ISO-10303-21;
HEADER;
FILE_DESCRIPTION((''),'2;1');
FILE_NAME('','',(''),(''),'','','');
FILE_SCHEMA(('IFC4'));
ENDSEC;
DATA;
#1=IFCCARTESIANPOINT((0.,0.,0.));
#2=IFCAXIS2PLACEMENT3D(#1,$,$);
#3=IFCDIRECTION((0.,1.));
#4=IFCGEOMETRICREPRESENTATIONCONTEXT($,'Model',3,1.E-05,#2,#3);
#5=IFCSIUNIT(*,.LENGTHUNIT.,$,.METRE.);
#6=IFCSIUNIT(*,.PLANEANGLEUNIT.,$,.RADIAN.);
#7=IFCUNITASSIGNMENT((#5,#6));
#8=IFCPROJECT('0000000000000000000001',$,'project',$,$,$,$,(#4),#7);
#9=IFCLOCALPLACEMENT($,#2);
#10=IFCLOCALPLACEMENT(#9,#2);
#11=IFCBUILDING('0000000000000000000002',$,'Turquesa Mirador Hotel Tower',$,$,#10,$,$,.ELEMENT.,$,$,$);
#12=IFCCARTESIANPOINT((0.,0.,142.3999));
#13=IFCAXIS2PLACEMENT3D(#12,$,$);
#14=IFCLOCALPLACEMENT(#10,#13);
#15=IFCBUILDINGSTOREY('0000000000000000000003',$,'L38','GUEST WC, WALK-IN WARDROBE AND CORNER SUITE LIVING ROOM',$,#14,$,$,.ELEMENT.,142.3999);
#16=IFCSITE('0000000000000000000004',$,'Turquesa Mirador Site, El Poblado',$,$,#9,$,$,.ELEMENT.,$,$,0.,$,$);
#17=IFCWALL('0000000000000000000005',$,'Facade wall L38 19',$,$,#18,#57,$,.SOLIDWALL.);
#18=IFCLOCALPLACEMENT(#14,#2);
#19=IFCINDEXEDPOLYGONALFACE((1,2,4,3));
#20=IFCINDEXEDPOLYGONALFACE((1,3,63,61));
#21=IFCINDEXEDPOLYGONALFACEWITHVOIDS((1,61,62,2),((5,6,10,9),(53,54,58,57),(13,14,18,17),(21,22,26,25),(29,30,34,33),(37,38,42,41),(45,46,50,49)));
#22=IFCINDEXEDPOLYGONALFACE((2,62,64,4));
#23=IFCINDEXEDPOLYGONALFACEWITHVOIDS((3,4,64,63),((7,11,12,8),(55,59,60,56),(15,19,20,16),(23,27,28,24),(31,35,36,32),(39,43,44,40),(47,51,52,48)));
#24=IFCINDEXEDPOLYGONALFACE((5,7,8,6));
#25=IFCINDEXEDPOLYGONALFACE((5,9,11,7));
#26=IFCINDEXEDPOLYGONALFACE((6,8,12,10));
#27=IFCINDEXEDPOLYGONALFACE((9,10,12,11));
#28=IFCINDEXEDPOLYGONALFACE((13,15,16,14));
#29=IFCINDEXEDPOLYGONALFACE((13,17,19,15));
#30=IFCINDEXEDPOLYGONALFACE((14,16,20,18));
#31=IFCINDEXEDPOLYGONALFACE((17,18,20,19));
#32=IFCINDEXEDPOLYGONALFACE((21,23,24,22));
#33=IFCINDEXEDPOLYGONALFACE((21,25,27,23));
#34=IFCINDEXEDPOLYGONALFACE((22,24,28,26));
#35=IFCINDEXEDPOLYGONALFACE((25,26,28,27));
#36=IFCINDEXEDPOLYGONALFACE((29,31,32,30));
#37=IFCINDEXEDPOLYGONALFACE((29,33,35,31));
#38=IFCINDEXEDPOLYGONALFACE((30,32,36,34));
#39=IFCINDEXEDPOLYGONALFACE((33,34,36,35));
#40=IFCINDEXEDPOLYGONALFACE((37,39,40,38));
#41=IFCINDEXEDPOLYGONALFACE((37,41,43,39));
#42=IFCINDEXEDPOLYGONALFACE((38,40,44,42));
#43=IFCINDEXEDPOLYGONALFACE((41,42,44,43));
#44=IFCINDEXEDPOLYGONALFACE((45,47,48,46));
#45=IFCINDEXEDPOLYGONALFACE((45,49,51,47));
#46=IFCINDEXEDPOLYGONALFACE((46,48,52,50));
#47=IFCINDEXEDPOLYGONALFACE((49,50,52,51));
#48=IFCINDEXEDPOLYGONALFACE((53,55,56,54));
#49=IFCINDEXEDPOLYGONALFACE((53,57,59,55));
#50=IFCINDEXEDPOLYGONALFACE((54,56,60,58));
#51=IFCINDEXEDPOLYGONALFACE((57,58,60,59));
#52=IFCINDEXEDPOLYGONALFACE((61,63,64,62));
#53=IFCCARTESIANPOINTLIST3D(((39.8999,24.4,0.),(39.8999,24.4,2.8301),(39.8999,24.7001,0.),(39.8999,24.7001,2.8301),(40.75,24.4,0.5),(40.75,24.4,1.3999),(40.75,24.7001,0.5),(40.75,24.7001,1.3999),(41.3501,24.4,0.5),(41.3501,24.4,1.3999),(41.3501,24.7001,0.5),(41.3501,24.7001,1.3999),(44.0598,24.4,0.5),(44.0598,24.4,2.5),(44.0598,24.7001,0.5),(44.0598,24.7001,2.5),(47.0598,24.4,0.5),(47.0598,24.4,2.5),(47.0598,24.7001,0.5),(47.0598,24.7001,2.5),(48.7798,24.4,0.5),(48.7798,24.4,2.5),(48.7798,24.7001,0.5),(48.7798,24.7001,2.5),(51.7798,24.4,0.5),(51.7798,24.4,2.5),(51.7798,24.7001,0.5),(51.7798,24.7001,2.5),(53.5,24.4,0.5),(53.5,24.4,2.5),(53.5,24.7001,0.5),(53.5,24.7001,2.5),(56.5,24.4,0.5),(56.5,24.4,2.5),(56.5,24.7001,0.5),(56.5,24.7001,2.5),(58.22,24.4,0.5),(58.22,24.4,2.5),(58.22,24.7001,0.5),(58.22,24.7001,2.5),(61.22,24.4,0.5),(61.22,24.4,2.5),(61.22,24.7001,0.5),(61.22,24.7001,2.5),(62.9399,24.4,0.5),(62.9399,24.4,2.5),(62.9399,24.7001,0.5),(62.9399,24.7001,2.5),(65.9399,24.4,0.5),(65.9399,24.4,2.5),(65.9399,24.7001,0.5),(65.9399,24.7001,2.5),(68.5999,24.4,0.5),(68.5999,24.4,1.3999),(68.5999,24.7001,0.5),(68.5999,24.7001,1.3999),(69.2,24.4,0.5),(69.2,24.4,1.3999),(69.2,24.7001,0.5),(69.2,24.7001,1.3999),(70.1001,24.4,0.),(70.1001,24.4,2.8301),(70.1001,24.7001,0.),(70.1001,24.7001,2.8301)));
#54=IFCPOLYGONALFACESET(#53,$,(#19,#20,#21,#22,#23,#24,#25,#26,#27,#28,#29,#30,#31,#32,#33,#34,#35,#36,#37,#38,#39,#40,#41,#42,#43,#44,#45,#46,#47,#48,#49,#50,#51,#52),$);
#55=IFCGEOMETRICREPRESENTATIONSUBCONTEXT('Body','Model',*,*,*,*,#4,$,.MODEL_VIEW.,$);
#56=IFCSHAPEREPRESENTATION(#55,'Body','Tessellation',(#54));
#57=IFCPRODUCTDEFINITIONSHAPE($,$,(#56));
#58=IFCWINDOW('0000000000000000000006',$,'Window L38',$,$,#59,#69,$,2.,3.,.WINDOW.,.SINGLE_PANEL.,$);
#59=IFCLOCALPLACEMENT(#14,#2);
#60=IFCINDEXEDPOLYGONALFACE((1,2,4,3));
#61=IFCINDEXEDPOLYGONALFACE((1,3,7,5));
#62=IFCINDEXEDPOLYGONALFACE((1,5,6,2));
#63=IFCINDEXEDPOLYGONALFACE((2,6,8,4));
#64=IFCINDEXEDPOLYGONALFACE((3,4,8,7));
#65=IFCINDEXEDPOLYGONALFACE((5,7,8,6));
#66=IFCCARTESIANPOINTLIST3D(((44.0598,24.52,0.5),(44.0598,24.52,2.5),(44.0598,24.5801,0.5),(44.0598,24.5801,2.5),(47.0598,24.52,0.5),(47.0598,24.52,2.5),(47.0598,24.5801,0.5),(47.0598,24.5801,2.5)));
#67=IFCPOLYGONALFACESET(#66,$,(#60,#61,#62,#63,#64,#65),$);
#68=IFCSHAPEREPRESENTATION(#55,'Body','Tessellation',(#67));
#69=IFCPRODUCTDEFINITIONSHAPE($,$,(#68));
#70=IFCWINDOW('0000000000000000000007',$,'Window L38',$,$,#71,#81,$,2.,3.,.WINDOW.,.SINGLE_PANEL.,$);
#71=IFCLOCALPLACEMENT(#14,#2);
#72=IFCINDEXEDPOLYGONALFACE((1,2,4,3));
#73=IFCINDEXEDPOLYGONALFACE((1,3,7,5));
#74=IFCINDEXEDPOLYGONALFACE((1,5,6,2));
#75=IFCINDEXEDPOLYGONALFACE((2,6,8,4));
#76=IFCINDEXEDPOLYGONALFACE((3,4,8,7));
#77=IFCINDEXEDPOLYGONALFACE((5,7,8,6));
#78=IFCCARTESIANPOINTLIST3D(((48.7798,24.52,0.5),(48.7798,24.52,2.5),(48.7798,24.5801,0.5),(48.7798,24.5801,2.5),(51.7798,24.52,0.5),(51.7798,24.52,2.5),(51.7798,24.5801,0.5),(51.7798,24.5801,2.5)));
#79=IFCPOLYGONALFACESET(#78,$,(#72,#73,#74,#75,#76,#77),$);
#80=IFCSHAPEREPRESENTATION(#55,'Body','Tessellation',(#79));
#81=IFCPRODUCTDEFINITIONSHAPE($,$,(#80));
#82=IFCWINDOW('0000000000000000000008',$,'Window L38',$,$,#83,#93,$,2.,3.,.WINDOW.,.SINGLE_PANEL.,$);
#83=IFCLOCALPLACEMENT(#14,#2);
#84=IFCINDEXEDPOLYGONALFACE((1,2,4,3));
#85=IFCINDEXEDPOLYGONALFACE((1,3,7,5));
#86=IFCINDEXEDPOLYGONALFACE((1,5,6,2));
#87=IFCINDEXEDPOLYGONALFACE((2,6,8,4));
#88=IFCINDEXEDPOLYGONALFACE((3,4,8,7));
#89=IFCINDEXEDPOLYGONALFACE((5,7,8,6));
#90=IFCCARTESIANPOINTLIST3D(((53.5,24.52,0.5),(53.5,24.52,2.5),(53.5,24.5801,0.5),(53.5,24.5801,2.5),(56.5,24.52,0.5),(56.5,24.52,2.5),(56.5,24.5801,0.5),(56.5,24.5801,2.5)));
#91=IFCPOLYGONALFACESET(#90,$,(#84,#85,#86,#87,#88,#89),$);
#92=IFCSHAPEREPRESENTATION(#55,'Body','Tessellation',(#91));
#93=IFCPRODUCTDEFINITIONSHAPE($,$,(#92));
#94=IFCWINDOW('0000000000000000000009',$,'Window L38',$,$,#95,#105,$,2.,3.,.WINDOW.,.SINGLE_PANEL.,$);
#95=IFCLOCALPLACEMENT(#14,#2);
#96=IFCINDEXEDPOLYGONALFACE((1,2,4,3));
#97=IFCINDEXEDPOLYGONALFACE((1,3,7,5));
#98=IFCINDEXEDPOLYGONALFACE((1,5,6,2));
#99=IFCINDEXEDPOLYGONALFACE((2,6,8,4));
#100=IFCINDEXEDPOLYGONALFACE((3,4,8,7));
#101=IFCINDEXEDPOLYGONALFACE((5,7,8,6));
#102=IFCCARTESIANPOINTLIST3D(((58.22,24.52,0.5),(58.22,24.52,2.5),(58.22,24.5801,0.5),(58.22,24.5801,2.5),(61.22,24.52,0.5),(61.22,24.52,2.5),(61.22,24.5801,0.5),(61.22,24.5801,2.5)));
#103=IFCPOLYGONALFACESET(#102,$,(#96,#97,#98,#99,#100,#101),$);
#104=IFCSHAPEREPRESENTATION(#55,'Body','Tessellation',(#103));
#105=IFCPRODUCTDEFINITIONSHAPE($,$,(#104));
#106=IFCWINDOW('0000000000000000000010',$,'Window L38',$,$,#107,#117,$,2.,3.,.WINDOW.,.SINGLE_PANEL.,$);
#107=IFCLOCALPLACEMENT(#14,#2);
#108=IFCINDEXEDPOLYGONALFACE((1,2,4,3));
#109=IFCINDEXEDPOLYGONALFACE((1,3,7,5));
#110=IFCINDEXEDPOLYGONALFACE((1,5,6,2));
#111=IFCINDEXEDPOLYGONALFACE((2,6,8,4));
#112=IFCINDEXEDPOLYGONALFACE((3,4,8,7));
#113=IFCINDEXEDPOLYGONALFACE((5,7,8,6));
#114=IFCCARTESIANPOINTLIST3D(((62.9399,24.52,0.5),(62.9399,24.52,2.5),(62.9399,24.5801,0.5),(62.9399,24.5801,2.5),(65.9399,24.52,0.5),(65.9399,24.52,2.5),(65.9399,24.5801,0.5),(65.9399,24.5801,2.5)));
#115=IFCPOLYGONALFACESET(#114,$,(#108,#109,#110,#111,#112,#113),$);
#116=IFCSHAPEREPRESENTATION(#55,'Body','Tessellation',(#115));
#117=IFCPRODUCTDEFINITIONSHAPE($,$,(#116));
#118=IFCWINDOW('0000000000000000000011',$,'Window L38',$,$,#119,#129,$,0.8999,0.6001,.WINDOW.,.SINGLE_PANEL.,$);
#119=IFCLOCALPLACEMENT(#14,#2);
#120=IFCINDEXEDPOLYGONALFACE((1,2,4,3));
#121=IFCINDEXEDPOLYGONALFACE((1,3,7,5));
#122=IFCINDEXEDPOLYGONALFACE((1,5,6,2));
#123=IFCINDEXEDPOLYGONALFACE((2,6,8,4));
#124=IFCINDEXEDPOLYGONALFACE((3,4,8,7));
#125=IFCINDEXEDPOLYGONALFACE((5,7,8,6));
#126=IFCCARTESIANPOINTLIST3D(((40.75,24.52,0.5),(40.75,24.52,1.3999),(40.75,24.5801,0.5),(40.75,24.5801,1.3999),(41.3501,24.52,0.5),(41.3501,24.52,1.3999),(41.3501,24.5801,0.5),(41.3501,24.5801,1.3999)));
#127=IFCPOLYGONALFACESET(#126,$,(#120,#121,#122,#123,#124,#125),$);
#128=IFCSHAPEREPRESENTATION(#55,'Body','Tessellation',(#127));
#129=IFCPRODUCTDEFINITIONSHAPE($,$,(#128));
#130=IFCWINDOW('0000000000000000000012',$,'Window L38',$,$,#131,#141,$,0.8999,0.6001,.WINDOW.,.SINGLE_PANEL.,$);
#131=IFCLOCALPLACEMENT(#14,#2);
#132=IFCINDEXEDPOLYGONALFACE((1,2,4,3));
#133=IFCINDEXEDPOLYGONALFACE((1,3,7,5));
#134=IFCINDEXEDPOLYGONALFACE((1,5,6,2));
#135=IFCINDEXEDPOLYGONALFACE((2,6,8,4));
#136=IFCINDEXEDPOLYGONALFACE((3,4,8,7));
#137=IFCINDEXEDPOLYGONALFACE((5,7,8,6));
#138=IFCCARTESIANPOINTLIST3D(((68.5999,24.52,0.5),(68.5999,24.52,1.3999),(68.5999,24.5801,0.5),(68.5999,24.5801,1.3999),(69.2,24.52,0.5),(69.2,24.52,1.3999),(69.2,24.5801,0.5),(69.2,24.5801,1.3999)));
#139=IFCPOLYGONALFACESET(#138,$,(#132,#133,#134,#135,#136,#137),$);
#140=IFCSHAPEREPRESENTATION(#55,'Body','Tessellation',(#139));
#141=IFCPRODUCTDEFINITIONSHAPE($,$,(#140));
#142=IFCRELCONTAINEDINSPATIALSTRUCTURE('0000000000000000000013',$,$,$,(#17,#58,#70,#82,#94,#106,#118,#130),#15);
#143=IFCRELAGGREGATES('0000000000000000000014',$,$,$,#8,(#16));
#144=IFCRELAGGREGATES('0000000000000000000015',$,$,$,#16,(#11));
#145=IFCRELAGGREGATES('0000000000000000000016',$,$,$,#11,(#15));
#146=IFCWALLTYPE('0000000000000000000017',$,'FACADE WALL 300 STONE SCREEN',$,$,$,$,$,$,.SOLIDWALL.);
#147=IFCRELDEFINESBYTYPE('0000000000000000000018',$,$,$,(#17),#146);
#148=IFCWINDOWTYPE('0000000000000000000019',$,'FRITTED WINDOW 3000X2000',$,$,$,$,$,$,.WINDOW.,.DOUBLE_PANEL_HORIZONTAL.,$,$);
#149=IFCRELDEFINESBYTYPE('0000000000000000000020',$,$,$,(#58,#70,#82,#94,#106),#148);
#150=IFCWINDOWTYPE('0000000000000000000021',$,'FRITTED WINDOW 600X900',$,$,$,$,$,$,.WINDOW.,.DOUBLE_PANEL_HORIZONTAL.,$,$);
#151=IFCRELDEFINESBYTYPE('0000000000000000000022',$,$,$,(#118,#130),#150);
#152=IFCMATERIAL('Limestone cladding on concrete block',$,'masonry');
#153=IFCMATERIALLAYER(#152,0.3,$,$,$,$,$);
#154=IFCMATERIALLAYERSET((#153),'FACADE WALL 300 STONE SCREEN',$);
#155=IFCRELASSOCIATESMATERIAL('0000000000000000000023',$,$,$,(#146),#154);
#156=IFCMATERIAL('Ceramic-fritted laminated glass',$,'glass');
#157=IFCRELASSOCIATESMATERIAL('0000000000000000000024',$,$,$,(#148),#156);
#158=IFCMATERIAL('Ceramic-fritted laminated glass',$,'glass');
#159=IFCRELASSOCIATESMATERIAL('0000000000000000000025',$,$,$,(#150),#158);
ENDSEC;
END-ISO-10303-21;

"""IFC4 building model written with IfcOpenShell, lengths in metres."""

from ifc_helpers import new_model, si_unit, direction, frame, frame_2d, origin, place, context, subcontext, project, spatial, rectangle, extrude, material, layer, layer_set, type_object, element, fill, save


model = new_model("IFC4")

# Units and contexts
model_context = context("Model", 3, precision=1e-05, world=origin(), true_north=direction((0.0, 1.0)))
body_context = subcontext(model_context, "Body", "Model", "MODEL_VIEW")
ifc_project = project(units=[si_unit("LENGTHUNIT", "METRE"), si_unit("PLANEANGLEUNIT", "RADIAN")], contexts=[model_context])

# Site, building, storey
site_placement = place(None, origin())
site = spatial("IfcSite", under=ifc_project, at=site_placement, Name="Turquesa Mirador Site, El Poblado", CompositionType="ELEMENT", RefElevation=0.0)
building_placement = place(site_placement, origin())
building = spatial("IfcBuilding", under=site, at=building_placement, Name="Turquesa Mirador Hotel Tower", CompositionType="ELEMENT")
storey_placement = place(building_placement, frame((0.0, 0.0, 142.3999)))
storey = spatial("IfcBuildingStorey", under=building, at=storey_placement, Name="L38", Description="GUEST WC, WALK-IN WARDROBE AND CORNER SUITE LIVING ROOM", CompositionType="ELEMENT", Elevation=142.3999)

# Shared definitions
ifc_material_1 = material(Name="Limestone cladding on concrete block", Category="masonry")
ifc_layer_1 = layer(ifc_material_1, 0.3)
ifc_layer_set_1 = layer_set([ifc_layer_1], Name="FACADE WALL 300 STONE SCREEN")
wall_type_1 = type_object("IfcWallType", Name="FACADE WALL 300 STONE SCREEN", PredefinedType="SOLIDWALL", material=ifc_layer_set_1)

# Wall, openings, windows
wall_1_placement = place(storey_placement, frame((39.8999, 24.55, 0.0), z_axis=(0.0, 0.0, 1.0), x_axis=(1.0, 0.0, 0.0)))
wall_1 = element("IfcWall", 1, at=wall_1_placement, inside=storey, type_object=wall_type_1, Name="Facade wall L38 19", PredefinedType="SOLIDWALL", context=body_context, shape_type="SweptSolid", body=[
    extrude(rectangle(XDim=30.2002, YDim=0.3, at=frame_2d((15.1001, 0.0))), origin(), (0.0, 0.0, 1.0), 2.8301),
])
opening_1_placement = place(wall_1_placement, frame((0.8501, 0.0, 0.5)))
opening_1 = element("IfcOpeningElement", 2, at=opening_1_placement, cuts=wall_1, PredefinedType="OPENING", context=body_context, shape_type="SweptSolid", body=[
    extrude(rectangle(XDim=0.6001, YDim=0.8999, at=frame_2d((0.3, 0.45))), frame((0.0, 0.1599, 0.0), z_axis=(0.0, -1.0, 0.0), x_axis=(1.0, 0.0, 0.0)), (0.0, 0.0, 1.0), 0.3201),
])
opening_2_placement = place(wall_1_placement, frame((4.1599, 0.0, 0.5)))
opening_2 = element("IfcOpeningElement", 3, at=opening_2_placement, cuts=wall_1, PredefinedType="OPENING", context=body_context, shape_type="SweptSolid", body=[
    extrude(rectangle(XDim=3.0, YDim=2.0, at=frame_2d((1.5, 1.0))), frame((0.0, 0.1599, 0.0), z_axis=(0.0, -1.0, 0.0), x_axis=(1.0, 0.0, 0.0)), (0.0, 0.0, 1.0), 0.3201),
])
opening_3_placement = place(wall_1_placement, frame((8.8799, 0.0, 0.5)))
opening_3 = element("IfcOpeningElement", 4, at=opening_3_placement, cuts=wall_1, PredefinedType="OPENING", context=body_context, shape_type="SweptSolid", body=[
    extrude(rectangle(XDim=3.0, YDim=2.0, at=frame_2d((1.5, 1.0))), frame((0.0, 0.1599, 0.0), z_axis=(0.0, -1.0, 0.0), x_axis=(1.0, 0.0, 0.0)), (0.0, 0.0, 1.0), 0.3201),
])
opening_4_placement = place(wall_1_placement, frame((13.6001, 0.0, 0.5)))
opening_4 = element("IfcOpeningElement", 5, at=opening_4_placement, cuts=wall_1, PredefinedType="OPENING", context=body_context, shape_type="SweptSolid", body=[
    extrude(rectangle(XDim=3.0, YDim=2.0, at=frame_2d((1.5, 1.0))), frame((0.0, 0.1599, 0.0), z_axis=(0.0, -1.0, 0.0), x_axis=(1.0, 0.0, 0.0)), (0.0, 0.0, 1.0), 0.3201),
])
opening_5_placement = place(wall_1_placement, frame((18.3201, 0.0, 0.5)))
opening_5 = element("IfcOpeningElement", 6, at=opening_5_placement, cuts=wall_1, PredefinedType="OPENING", context=body_context, shape_type="SweptSolid", body=[
    extrude(rectangle(XDim=3.0, YDim=2.0, at=frame_2d((1.5, 1.0))), frame((0.0, 0.1599, 0.0), z_axis=(0.0, -1.0, 0.0), x_axis=(1.0, 0.0, 0.0)), (0.0, 0.0, 1.0), 0.3201),
])
opening_6_placement = place(wall_1_placement, frame((23.04, 0.0, 0.5)))
opening_6 = element("IfcOpeningElement", 7, at=opening_6_placement, cuts=wall_1, PredefinedType="OPENING", context=body_context, shape_type="SweptSolid", body=[
    extrude(rectangle(XDim=3.0, YDim=2.0, at=frame_2d((1.5, 1.0))), frame((0.0, 0.1599, 0.0), z_axis=(0.0, -1.0, 0.0), x_axis=(1.0, 0.0, 0.0)), (0.0, 0.0, 1.0), 0.3201),
])
opening_7_placement = place(wall_1_placement, frame((28.7, 0.0, 0.5)))
opening_7 = element("IfcOpeningElement", 8, at=opening_7_placement, cuts=wall_1, PredefinedType="OPENING", context=body_context, shape_type="SweptSolid", body=[
    extrude(rectangle(XDim=0.6001, YDim=0.8999, at=frame_2d((0.3, 0.45))), frame((0.0, 0.1599, 0.0), z_axis=(0.0, -1.0, 0.0), x_axis=(1.0, 0.0, 0.0)), (0.0, 0.0, 1.0), 0.3201),
])
ifc_material_2 = material(Name="Ceramic-fritted laminated glass", Category="glass")
window_type_1 = type_object("IfcWindowType", Name="FRITTED WINDOW 3000X2000", PartitioningType="DOUBLE_PANEL_HORIZONTAL", PredefinedType="WINDOW", material=ifc_material_2)
window_1_placement = place(opening_2_placement, origin())
window_1 = element("IfcWindow", 9, at=window_1_placement, inside=storey, type_object=window_type_1, Name="Window L38", OverallHeight=2.0, OverallWidth=3.0, PartitioningType="SINGLE_PANEL", PredefinedType="WINDOW", context=body_context, shape_type="SweptSolid", body=[
    extrude(rectangle(XDim=3.0, YDim=2.0, at=frame_2d((1.5, 1.0))), frame((0.0, 0.03, 0.0), z_axis=(0.0, -1.0, 0.0), x_axis=(1.0, 0.0, 0.0)), (0.0, 0.0, 1.0), 0.0601),
])
fill(opening_2, window_1)
window_2_placement = place(opening_3_placement, origin())
window_2 = element("IfcWindow", 10, at=window_2_placement, inside=storey, type_object=window_type_1, Name="Window L38", OverallHeight=2.0, OverallWidth=3.0, PartitioningType="SINGLE_PANEL", PredefinedType="WINDOW", context=body_context, shape_type="SweptSolid", body=[
    extrude(rectangle(XDim=3.0, YDim=2.0, at=frame_2d((1.5, 1.0))), frame((0.0, 0.03, 0.0), z_axis=(0.0, -1.0, 0.0), x_axis=(1.0, 0.0, 0.0)), (0.0, 0.0, 1.0), 0.0601),
])
fill(opening_3, window_2)
window_3_placement = place(opening_4_placement, origin())
window_3 = element("IfcWindow", 11, at=window_3_placement, inside=storey, type_object=window_type_1, Name="Window L38", OverallHeight=2.0, OverallWidth=3.0, PartitioningType="SINGLE_PANEL", PredefinedType="WINDOW", context=body_context, shape_type="SweptSolid", body=[
    extrude(rectangle(XDim=3.0, YDim=2.0, at=frame_2d((1.5, 1.0))), frame((0.0, 0.03, 0.0), z_axis=(0.0, -1.0, 0.0), x_axis=(1.0, 0.0, 0.0)), (0.0, 0.0, 1.0), 0.0601),
])
fill(opening_4, window_3)
window_4_placement = place(opening_5_placement, origin())
window_4 = element("IfcWindow", 12, at=window_4_placement, inside=storey, type_object=window_type_1, Name="Window L38", OverallHeight=2.0, OverallWidth=3.0, PartitioningType="SINGLE_PANEL", PredefinedType="WINDOW", context=body_context, shape_type="SweptSolid", body=[
    extrude(rectangle(XDim=3.0, YDim=2.0, at=frame_2d((1.5, 1.0))), frame((0.0, 0.03, 0.0), z_axis=(0.0, -1.0, 0.0), x_axis=(1.0, 0.0, 0.0)), (0.0, 0.0, 1.0), 0.0601),
])
fill(opening_5, window_4)
window_5_placement = place(opening_6_placement, origin())
window_5 = element("IfcWindow", 13, at=window_5_placement, inside=storey, type_object=window_type_1, Name="Window L38", OverallHeight=2.0, OverallWidth=3.0, PartitioningType="SINGLE_PANEL", PredefinedType="WINDOW", context=body_context, shape_type="SweptSolid", body=[
    extrude(rectangle(XDim=3.0, YDim=2.0, at=frame_2d((1.5, 1.0))), frame((0.0, 0.03, 0.0), z_axis=(0.0, -1.0, 0.0), x_axis=(1.0, 0.0, 0.0)), (0.0, 0.0, 1.0), 0.0601),
])
fill(opening_6, window_5)
ifc_material_3 = material(Name="Ceramic-fritted laminated glass", Category="glass")
window_type_2 = type_object("IfcWindowType", Name="FRITTED WINDOW 600X900", PartitioningType="DOUBLE_PANEL_HORIZONTAL", PredefinedType="WINDOW", material=ifc_material_3)
window_6_placement = place(opening_1_placement, origin())
window_6 = element("IfcWindow", 14, at=window_6_placement, inside=storey, type_object=window_type_2, Name="Window L38", OverallHeight=0.8999, OverallWidth=0.6001, PartitioningType="SINGLE_PANEL", PredefinedType="WINDOW", context=body_context, shape_type="SweptSolid", body=[
    extrude(rectangle(XDim=0.6001, YDim=0.8999, at=frame_2d((0.3, 0.45))), frame((0.0, 0.03, 0.0), z_axis=(0.0, -1.0, 0.0), x_axis=(1.0, 0.0, 0.0)), (0.0, 0.0, 1.0), 0.0601),
])
fill(opening_1, window_6)
window_7_placement = place(opening_7_placement, origin())
window_7 = element("IfcWindow", 15, at=window_7_placement, inside=storey, type_object=window_type_2, Name="Window L38", OverallHeight=0.8999, OverallWidth=0.6001, PartitioningType="SINGLE_PANEL", PredefinedType="WINDOW", context=body_context, shape_type="SweptSolid", body=[
    extrude(rectangle(XDim=0.6001, YDim=0.8999, at=frame_2d((0.3, 0.45))), frame((0.0, 0.03, 0.0), z_axis=(0.0, -1.0, 0.0), x_axis=(1.0, 0.0, 0.0)), (0.0, 0.0, 1.0), 0.0601),
])
fill(opening_7, window_7)

save(model, "model.ifc")
